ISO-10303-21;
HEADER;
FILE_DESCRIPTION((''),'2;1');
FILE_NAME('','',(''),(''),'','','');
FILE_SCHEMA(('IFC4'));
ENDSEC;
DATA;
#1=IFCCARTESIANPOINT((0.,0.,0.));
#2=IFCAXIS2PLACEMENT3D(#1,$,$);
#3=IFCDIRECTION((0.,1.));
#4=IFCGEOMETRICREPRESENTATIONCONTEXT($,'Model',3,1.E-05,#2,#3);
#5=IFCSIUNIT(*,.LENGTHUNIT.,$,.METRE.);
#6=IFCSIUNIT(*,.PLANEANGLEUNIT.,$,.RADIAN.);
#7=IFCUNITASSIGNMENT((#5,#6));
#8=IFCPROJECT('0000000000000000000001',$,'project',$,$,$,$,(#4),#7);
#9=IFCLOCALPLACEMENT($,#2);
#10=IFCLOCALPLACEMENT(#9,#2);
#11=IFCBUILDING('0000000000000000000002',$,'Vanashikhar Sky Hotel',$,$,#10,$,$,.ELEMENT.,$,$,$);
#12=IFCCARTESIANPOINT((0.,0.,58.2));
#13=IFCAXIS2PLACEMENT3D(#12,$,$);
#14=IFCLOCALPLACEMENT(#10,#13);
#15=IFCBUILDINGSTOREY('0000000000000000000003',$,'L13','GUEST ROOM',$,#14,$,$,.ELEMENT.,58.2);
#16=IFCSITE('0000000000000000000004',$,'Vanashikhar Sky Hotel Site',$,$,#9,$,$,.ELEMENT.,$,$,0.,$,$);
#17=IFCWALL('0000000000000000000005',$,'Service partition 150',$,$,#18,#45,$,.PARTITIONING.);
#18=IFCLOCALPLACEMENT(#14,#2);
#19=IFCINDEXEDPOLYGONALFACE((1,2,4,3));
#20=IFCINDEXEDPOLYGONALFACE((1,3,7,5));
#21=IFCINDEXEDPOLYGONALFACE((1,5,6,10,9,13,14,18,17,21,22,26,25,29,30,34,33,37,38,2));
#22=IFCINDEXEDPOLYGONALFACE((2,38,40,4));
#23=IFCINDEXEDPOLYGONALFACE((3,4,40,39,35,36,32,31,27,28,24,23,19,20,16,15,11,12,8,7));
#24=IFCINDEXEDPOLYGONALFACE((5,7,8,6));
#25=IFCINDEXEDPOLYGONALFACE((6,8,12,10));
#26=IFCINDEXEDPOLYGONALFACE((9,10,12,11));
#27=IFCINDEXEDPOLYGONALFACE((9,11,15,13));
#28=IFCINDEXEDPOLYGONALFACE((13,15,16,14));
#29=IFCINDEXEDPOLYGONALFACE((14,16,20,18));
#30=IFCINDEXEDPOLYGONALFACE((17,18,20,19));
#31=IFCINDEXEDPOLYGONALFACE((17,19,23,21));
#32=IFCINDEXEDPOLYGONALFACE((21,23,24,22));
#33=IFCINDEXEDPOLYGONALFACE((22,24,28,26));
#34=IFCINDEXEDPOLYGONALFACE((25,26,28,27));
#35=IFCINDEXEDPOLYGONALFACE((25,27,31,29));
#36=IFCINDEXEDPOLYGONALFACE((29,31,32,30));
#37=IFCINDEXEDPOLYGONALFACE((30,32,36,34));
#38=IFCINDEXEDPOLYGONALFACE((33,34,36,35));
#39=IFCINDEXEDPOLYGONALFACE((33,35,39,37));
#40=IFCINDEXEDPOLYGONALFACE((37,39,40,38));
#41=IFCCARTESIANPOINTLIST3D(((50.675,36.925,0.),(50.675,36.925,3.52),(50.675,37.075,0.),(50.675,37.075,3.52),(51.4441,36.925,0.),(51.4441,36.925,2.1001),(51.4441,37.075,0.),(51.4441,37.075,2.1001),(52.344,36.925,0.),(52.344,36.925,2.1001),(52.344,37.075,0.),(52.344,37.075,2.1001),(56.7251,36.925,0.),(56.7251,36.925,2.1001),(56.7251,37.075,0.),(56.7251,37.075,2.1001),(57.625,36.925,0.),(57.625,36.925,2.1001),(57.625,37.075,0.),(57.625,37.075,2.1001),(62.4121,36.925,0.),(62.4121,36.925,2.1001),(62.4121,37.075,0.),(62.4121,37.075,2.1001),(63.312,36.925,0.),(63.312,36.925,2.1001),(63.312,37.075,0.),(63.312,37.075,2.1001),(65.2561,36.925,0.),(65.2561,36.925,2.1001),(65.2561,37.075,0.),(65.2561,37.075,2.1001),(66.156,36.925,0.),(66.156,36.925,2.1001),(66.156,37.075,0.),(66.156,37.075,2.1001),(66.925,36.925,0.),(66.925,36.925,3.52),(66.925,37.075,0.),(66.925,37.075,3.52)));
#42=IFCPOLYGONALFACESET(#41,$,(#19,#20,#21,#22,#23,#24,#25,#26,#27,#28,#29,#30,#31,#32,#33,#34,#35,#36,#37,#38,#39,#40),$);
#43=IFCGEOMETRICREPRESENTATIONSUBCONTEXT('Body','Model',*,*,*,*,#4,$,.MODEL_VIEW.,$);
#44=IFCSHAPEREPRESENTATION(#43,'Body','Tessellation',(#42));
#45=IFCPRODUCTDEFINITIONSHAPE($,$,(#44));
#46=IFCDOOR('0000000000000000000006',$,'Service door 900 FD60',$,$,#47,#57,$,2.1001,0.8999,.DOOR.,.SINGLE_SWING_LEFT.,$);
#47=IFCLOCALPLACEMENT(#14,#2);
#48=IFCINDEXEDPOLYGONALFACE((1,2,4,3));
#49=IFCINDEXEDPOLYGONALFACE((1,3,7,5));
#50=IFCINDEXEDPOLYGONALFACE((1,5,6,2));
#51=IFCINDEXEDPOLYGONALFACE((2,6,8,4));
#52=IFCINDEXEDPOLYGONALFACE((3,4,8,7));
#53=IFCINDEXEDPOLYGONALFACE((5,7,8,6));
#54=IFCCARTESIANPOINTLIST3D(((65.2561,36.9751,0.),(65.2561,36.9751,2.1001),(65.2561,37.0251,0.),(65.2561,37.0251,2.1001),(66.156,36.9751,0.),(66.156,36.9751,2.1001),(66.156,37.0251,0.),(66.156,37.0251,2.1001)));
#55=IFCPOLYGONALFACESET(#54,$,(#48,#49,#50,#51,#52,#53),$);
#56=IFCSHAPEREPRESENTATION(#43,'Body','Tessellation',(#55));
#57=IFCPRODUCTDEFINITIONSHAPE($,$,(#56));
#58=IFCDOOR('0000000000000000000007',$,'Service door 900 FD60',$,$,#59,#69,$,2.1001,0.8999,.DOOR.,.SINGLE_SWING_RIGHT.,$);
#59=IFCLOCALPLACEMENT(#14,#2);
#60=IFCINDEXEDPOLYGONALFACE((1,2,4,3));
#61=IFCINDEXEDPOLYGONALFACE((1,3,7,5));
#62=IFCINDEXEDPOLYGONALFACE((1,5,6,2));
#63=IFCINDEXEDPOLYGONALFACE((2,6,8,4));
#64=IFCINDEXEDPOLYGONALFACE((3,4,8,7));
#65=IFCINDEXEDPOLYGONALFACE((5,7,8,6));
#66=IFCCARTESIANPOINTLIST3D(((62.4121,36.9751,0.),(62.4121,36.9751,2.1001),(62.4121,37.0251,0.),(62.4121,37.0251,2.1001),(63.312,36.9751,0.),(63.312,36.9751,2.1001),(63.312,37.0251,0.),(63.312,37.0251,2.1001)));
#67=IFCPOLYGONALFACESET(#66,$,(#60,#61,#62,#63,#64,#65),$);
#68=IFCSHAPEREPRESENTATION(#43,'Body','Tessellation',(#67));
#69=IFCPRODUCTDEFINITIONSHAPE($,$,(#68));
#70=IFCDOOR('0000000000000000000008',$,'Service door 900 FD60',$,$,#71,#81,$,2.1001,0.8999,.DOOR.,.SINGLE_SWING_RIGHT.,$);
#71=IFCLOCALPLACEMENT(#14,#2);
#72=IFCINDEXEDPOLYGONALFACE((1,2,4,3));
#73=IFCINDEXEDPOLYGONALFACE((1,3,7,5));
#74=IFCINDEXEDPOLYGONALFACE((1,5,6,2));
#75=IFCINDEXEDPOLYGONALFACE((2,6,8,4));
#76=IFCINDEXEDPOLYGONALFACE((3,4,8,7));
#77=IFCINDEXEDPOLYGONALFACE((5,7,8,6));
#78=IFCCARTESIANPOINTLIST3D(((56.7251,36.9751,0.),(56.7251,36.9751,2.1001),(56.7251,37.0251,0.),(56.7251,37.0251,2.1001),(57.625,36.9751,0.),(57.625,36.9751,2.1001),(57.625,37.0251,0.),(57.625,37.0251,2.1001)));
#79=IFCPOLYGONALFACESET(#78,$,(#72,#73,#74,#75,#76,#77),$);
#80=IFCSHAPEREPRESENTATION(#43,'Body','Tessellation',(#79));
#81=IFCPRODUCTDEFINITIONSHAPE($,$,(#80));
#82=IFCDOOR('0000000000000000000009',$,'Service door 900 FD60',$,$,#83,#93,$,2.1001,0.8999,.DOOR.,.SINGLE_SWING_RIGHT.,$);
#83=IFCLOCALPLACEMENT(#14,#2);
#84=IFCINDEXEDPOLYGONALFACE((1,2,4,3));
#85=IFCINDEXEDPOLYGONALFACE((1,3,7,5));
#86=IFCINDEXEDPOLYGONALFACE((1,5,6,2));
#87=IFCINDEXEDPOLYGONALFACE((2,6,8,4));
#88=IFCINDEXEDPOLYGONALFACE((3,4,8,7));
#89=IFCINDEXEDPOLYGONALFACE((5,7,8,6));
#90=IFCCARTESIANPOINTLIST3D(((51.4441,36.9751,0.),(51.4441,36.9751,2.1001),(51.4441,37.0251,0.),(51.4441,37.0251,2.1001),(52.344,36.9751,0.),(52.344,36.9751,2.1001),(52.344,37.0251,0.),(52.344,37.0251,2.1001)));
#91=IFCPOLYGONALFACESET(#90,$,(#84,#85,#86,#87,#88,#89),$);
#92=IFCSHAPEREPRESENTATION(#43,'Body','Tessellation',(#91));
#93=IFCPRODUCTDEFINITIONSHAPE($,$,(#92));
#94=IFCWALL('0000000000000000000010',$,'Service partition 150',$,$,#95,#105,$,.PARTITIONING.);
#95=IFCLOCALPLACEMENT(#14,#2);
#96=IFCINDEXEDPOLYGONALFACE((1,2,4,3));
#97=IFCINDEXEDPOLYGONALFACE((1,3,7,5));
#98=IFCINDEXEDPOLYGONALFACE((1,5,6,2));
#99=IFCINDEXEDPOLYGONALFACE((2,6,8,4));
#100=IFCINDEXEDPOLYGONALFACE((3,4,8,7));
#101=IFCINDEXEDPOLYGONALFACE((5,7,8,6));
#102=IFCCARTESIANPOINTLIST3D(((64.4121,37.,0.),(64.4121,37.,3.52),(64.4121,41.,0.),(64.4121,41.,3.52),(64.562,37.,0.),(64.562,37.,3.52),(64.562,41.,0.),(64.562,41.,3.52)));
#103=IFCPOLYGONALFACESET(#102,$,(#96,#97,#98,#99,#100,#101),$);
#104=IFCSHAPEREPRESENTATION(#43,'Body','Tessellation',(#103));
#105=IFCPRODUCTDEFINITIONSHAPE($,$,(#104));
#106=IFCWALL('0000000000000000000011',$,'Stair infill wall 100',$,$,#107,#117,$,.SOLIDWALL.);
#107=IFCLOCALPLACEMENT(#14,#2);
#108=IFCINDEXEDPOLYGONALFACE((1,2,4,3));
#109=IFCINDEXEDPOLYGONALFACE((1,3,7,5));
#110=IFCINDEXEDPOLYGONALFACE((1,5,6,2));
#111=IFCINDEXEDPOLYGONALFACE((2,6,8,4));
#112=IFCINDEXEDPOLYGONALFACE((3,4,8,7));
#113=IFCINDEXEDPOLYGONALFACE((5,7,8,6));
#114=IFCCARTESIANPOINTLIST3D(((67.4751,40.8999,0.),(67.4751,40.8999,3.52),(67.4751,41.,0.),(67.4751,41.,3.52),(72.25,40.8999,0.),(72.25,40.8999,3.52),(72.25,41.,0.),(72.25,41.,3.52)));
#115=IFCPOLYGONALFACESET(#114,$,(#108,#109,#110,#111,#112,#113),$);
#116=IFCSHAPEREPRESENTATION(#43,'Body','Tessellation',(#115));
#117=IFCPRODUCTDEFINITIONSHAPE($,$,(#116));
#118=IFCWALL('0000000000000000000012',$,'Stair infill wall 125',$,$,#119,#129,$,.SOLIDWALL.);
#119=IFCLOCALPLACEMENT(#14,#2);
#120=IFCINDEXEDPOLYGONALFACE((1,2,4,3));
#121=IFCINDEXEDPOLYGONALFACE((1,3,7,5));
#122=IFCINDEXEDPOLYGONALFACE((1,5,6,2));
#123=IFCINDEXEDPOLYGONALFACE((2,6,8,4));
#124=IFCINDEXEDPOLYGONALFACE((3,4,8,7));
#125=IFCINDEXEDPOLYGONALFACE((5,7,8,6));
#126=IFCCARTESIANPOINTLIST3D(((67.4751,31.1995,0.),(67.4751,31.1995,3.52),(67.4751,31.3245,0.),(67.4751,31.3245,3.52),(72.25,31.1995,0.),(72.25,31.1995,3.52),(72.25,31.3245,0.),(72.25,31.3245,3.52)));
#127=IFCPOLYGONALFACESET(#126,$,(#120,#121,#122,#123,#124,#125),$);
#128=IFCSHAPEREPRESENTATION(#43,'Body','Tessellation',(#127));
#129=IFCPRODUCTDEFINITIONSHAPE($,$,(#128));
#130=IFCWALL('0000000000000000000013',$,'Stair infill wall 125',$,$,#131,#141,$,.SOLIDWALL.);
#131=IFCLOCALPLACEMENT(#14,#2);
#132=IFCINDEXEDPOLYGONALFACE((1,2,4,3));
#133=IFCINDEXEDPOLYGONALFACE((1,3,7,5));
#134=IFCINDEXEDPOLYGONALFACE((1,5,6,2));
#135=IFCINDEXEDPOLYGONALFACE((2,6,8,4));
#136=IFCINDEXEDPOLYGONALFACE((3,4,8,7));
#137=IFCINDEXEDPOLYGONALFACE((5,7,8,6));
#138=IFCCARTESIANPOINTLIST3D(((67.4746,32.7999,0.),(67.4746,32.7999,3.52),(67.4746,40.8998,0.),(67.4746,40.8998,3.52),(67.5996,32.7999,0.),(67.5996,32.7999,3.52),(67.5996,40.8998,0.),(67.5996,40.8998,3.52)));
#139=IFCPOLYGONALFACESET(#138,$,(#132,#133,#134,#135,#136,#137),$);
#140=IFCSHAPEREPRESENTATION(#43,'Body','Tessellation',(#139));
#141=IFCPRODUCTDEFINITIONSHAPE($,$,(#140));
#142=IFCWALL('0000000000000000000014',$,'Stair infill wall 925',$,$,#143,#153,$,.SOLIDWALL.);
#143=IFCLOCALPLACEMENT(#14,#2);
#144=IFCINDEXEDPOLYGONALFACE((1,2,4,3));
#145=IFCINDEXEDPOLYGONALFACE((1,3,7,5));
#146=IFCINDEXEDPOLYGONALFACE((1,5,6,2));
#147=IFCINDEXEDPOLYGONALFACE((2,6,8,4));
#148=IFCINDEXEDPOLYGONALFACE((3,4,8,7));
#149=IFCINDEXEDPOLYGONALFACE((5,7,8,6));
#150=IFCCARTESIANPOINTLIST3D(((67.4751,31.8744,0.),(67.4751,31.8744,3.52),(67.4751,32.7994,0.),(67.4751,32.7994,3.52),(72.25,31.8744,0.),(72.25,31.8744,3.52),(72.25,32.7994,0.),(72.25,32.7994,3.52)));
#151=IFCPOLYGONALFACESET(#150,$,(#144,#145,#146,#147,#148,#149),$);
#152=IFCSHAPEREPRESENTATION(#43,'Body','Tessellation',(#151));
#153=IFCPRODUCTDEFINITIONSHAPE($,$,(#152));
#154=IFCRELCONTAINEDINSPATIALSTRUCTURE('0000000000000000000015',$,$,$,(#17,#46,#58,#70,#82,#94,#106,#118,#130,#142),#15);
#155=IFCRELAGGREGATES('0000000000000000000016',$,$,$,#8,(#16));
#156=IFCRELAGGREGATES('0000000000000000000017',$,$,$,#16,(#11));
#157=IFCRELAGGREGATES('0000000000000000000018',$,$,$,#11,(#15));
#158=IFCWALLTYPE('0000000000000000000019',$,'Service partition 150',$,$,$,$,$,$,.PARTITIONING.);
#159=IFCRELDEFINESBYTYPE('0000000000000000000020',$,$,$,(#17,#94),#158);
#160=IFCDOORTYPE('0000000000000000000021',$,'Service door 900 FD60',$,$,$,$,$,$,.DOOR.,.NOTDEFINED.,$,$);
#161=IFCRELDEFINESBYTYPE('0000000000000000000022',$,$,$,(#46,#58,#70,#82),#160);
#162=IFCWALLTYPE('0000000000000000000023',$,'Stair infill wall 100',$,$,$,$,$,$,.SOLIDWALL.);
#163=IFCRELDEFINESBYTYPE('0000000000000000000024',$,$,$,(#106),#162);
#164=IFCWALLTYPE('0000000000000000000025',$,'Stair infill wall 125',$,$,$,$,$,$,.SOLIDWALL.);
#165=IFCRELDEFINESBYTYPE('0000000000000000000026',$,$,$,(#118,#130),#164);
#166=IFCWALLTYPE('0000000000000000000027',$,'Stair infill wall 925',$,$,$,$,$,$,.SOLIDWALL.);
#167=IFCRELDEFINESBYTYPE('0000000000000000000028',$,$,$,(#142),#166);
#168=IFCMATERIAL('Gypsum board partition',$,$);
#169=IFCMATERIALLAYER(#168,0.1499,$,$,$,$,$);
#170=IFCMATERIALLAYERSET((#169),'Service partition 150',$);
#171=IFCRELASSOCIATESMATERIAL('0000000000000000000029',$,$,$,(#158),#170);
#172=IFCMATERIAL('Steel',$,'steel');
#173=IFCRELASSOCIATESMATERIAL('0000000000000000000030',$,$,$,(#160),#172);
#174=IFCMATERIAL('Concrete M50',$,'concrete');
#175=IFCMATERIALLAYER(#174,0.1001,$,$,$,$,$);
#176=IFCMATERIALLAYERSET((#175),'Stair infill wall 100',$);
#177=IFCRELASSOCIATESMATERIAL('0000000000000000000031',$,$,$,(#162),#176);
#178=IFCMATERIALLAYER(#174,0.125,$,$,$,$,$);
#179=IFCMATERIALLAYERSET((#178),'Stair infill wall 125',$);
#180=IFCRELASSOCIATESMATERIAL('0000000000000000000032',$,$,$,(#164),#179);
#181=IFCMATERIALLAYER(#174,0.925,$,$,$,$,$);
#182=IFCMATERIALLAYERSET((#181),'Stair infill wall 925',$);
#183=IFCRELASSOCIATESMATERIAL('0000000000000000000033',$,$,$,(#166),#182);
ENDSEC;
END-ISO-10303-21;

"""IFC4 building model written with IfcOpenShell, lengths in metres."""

from ifc_helpers import new_model, si_unit, direction, frame, frame_2d, origin, place, context, subcontext, project, spatial, rectangle, extrude, source, transform, mapped, material, layer, layer_set, type_object, element, fill, save


model = new_model("IFC4")

# Units and contexts
model_context = context("Model", 3, precision=1e-05, world=origin(), true_north=direction((0.0, 1.0)))
body_context = subcontext(model_context, "Body", "Model", "MODEL_VIEW")
ifc_project = project(units=[si_unit("LENGTHUNIT", "METRE"), si_unit("PLANEANGLEUNIT", "RADIAN")], contexts=[model_context])

# Site, building, storey
site_placement = place(None, origin())
site = spatial("IfcSite", under=ifc_project, at=site_placement, Name="Vanashikhar Sky Hotel Site", CompositionType="ELEMENT", RefElevation=0.0)
building_placement = place(site_placement, origin())
building = spatial("IfcBuilding", under=site, at=building_placement, Name="Vanashikhar Sky Hotel", CompositionType="ELEMENT")
storey_placement = place(building_placement, frame((0.0, 0.0, 58.2)))
storey = spatial("IfcBuildingStorey", under=building, at=storey_placement, Name="L13", Description="GUEST ROOM", CompositionType="ELEMENT", Elevation=58.2)

# Shared definitions
ifc_material_1 = material(Name="Gypsum board partition")
ifc_layer_1 = layer(ifc_material_1, 0.1499)
ifc_layer_set_1 = layer_set([ifc_layer_1], Name="Service partition 150")
wall_type_1 = type_object("IfcWallType", Name="Service partition 150", PredefinedType="PARTITIONING", material=ifc_layer_set_1)

# Wall, openings, doors
shared_shape_1 = source(origin(), body_context, "Body", "SweptSolid", [
    extrude(rectangle(XDim=0.8999, YDim=2.1001, at=frame_2d((0.45, 1.05))), frame((0.0, 0.085, 0.0), z_axis=(0.0, -1.0, 0.0), x_axis=(1.0, 0.0, 0.0)), (0.0, 0.0, 1.0), 0.1699),
])
ifc_material_2 = material(Name="Steel", Category="steel")
door_type_1 = type_object("IfcDoorType", Name="Service door 900 FD60", OperationType="NOTDEFINED", PredefinedType="DOOR", material=ifc_material_2)
shared_shape_2 = source(origin(), body_context, "Body", "SweptSolid", [
    extrude(rectangle(XDim=0.8999, YDim=2.1001, at=frame_2d((0.45, 1.05))), frame((0.0, 0.0249, 0.0), z_axis=(0.0, -1.0, 0.0), x_axis=(1.0, 0.0, 0.0)), (0.0, 0.0, 1.0), 0.05),
])
shared_shape_3 = source(origin(), body_context, "Body", "SweptSolid", [
    extrude(rectangle(XDim=16.25, YDim=0.1499, at=frame_2d((8.125, 0.0))), origin(), (0.0, 0.0, 1.0), 3.52),
])
wall_1_placement = place(storey_placement, frame((66.925, 37.0, 0.0), z_axis=(0.0, 0.0, 1.0), x_axis=(-1.0, 0.0, 0.0)))
wall_1 = element("IfcWall", 1, at=wall_1_placement, inside=storey, type_object=wall_type_1, Name="Service partition 150", PredefinedType="PARTITIONING", context=body_context, shape_type="MappedRepresentation", body=[
    mapped(shared_shape_3, transform((0.0, 0.0, 0.0), scale=1.0)),
])
opening_1_placement = place(wall_1_placement, frame((0.769, 0.0, 0.0)))
opening_1 = element("IfcOpeningElement", 2, at=opening_1_placement, cuts=wall_1, PredefinedType="OPENING", context=body_context, shape_type="MappedRepresentation", body=[
    mapped(shared_shape_1, transform((0.0, 0.0, 0.0), scale=1.0)),
])
opening_2_placement = place(wall_1_placement, frame((3.613, 0.0, 0.0)))
opening_2 = element("IfcOpeningElement", 3, at=opening_2_placement, cuts=wall_1, PredefinedType="OPENING", context=body_context, shape_type="MappedRepresentation", body=[
    mapped(shared_shape_1, transform((0.0, 0.0, 0.0), scale=1.0)),
])
opening_3_placement = place(wall_1_placement, frame((9.3, 0.0, 0.0)))
opening_3 = element("IfcOpeningElement", 4, at=opening_3_placement, cuts=wall_1, PredefinedType="OPENING", context=body_context, shape_type="MappedRepresentation", body=[
    mapped(shared_shape_1, transform((0.0, 0.0, 0.0), scale=1.0)),
])
opening_4_placement = place(wall_1_placement, frame((14.5811, 0.0, 0.0)))
opening_4 = element("IfcOpeningElement", 5, at=opening_4_placement, cuts=wall_1, PredefinedType="OPENING", context=body_context, shape_type="MappedRepresentation", body=[
    mapped(shared_shape_1, transform((0.0, 0.0, 0.0), scale=1.0)),
])
door_1_placement = place(opening_1_placement, origin())
door_1 = element("IfcDoor", 6, at=door_1_placement, inside=storey, type_object=door_type_1, Name="Service door 900 FD60", OperationType="SINGLE_SWING_LEFT", OverallHeight=2.1001, OverallWidth=0.8999, PredefinedType="DOOR", context=body_context, shape_type="MappedRepresentation", body=[
    mapped(shared_shape_2, transform((0.0, 0.0, 0.0), scale=1.0)),
])
fill(opening_1, door_1)
door_2_placement = place(opening_2_placement, origin())
door_2 = element("IfcDoor", 7, at=door_2_placement, inside=storey, type_object=door_type_1, Name="Service door 900 FD60", OperationType="SINGLE_SWING_RIGHT", OverallHeight=2.1001, OverallWidth=0.8999, PredefinedType="DOOR", context=body_context, shape_type="MappedRepresentation", body=[
    mapped(shared_shape_2, transform((0.0, 0.0, 0.0), scale=1.0)),
])
fill(opening_2, door_2)
door_3_placement = place(opening_3_placement, origin())
door_3 = element("IfcDoor", 8, at=door_3_placement, inside=storey, type_object=door_type_1, Name="Service door 900 FD60", OperationType="SINGLE_SWING_RIGHT", OverallHeight=2.1001, OverallWidth=0.8999, PredefinedType="DOOR", context=body_context, shape_type="MappedRepresentation", body=[
    mapped(shared_shape_2, transform((0.0, 0.0, 0.0), scale=1.0)),
])
fill(opening_3, door_3)
door_4_placement = place(opening_4_placement, origin())
door_4 = element("IfcDoor", 9, at=door_4_placement, inside=storey, type_object=door_type_1, Name="Service door 900 FD60", OperationType="SINGLE_SWING_RIGHT", OverallHeight=2.1001, OverallWidth=0.8999, PredefinedType="DOOR", context=body_context, shape_type="MappedRepresentation", body=[
    mapped(shared_shape_2, transform((0.0, 0.0, 0.0), scale=1.0)),
])
fill(opening_4, door_4)

# Walls
shared_shape_4 = source(origin(), body_context, "Body", "SweptSolid", [
    extrude(rectangle(XDim=4.0, YDim=0.1499, at=frame_2d((2.0, 0.0))), origin(), (0.0, 0.0, 1.0), 3.52),
])
wall_2_placement = place(storey_placement, frame((64.4871, 37.0, 0.0), z_axis=(0.0, 0.0, 1.0), x_axis=(0.0, 1.0, 0.0)))
element("IfcWall", 10, at=wall_2_placement, inside=storey, type_object=wall_type_1, Name="Service partition 150", PredefinedType="PARTITIONING", context=body_context, shape_type="MappedRepresentation", body=[
    mapped(shared_shape_4, transform((0.0, 0.0, 0.0), scale=1.0)),
])
ifc_material_3 = material(Name="Concrete M50", Category="concrete")
ifc_layer_2 = layer(ifc_material_3, 0.1001)
ifc_layer_set_2 = layer_set([ifc_layer_2], Name="Stair infill wall 100")
wall_type_2 = type_object("IfcWallType", Name="Stair infill wall 100", PredefinedType="SOLIDWALL", material=ifc_layer_set_2)
shared_shape_5 = source(origin(), body_context, "Body", "SweptSolid", [
    extrude(rectangle(XDim=4.7749, YDim=0.1001, at=frame_2d((2.3875, 0.0))), origin(), (0.0, 0.0, 1.0), 3.52),
])
wall_3_placement = place(storey_placement, frame((67.4751, 40.95, 0.0), z_axis=(0.0, 0.0, 1.0), x_axis=(1.0, 0.0, 0.0)))
element("IfcWall", 11, at=wall_3_placement, inside=storey, type_object=wall_type_2, Name="Stair infill wall 100", PredefinedType="SOLIDWALL", context=body_context, shape_type="MappedRepresentation", body=[
    mapped(shared_shape_5, transform((0.0, 0.0, 0.0), scale=1.0)),
])
ifc_layer_3 = layer(ifc_material_3, 0.125)
ifc_layer_set_3 = layer_set([ifc_layer_3], Name="Stair infill wall 125")
wall_type_3 = type_object("IfcWallType", Name="Stair infill wall 125", PredefinedType="SOLIDWALL", material=ifc_layer_set_3)
shared_shape_6 = source(origin(), body_context, "Body", "SweptSolid", [
    extrude(rectangle(XDim=4.7749, YDim=0.125, at=frame_2d((2.3875, 0.0))), origin(), (0.0, 0.0, 1.0), 3.52),
])
wall_4_placement = place(storey_placement, frame((67.4751, 31.262, 0.0), z_axis=(0.0, 0.0, 1.0), x_axis=(1.0, 0.0, 0.0)))
element("IfcWall", 12, at=wall_4_placement, inside=storey, type_object=wall_type_3, Name="Stair infill wall 125", PredefinedType="SOLIDWALL", context=body_context, shape_type="MappedRepresentation", body=[
    mapped(shared_shape_6, transform((0.0, 0.0, 0.0), scale=1.0)),
])
shared_shape_7 = source(origin(), body_context, "Body", "SweptSolid", [
    extrude(rectangle(XDim=8.0999, YDim=0.125, at=frame_2d((4.0498, 0.0))), origin(), (0.0, 0.0, 1.0), 3.52),
])
wall_5_placement = place(storey_placement, frame((67.5371, 32.8, 0.0), z_axis=(0.0, 0.0, 1.0), x_axis=(0.0, 1.0, 0.0)))
element("IfcWall", 13, at=wall_5_placement, inside=storey, type_object=wall_type_3, Name="Stair infill wall 125", PredefinedType="SOLIDWALL", context=body_context, shape_type="MappedRepresentation", body=[
    mapped(shared_shape_7, transform((0.0, 0.0, 0.0), scale=1.0)),
])
ifc_layer_4 = layer(ifc_material_3, 0.925)
ifc_layer_set_4 = layer_set([ifc_layer_4], Name="Stair infill wall 925")
wall_type_4 = type_object("IfcWallType", Name="Stair infill wall 925", PredefinedType="SOLIDWALL", material=ifc_layer_set_4)
shared_shape_8 = source(origin(), body_context, "Body", "SweptSolid", [
    extrude(rectangle(XDim=4.7749, YDim=0.925, at=frame_2d((2.3875, 0.0))), origin(), (0.0, 0.0, 1.0), 3.52),
])
wall_6_placement = place(storey_placement, frame((67.4751, 32.3369, 0.0), z_axis=(0.0, 0.0, 1.0), x_axis=(1.0, 0.0, 0.0)))
element("IfcWall", 14, at=wall_6_placement, inside=storey, type_object=wall_type_4, Name="Stair infill wall 925", PredefinedType="SOLIDWALL", context=body_context, shape_type="MappedRepresentation", body=[
    mapped(shared_shape_8, transform((0.0, 0.0, 0.0), scale=1.0)),
])

save(model, "model.ifc")
